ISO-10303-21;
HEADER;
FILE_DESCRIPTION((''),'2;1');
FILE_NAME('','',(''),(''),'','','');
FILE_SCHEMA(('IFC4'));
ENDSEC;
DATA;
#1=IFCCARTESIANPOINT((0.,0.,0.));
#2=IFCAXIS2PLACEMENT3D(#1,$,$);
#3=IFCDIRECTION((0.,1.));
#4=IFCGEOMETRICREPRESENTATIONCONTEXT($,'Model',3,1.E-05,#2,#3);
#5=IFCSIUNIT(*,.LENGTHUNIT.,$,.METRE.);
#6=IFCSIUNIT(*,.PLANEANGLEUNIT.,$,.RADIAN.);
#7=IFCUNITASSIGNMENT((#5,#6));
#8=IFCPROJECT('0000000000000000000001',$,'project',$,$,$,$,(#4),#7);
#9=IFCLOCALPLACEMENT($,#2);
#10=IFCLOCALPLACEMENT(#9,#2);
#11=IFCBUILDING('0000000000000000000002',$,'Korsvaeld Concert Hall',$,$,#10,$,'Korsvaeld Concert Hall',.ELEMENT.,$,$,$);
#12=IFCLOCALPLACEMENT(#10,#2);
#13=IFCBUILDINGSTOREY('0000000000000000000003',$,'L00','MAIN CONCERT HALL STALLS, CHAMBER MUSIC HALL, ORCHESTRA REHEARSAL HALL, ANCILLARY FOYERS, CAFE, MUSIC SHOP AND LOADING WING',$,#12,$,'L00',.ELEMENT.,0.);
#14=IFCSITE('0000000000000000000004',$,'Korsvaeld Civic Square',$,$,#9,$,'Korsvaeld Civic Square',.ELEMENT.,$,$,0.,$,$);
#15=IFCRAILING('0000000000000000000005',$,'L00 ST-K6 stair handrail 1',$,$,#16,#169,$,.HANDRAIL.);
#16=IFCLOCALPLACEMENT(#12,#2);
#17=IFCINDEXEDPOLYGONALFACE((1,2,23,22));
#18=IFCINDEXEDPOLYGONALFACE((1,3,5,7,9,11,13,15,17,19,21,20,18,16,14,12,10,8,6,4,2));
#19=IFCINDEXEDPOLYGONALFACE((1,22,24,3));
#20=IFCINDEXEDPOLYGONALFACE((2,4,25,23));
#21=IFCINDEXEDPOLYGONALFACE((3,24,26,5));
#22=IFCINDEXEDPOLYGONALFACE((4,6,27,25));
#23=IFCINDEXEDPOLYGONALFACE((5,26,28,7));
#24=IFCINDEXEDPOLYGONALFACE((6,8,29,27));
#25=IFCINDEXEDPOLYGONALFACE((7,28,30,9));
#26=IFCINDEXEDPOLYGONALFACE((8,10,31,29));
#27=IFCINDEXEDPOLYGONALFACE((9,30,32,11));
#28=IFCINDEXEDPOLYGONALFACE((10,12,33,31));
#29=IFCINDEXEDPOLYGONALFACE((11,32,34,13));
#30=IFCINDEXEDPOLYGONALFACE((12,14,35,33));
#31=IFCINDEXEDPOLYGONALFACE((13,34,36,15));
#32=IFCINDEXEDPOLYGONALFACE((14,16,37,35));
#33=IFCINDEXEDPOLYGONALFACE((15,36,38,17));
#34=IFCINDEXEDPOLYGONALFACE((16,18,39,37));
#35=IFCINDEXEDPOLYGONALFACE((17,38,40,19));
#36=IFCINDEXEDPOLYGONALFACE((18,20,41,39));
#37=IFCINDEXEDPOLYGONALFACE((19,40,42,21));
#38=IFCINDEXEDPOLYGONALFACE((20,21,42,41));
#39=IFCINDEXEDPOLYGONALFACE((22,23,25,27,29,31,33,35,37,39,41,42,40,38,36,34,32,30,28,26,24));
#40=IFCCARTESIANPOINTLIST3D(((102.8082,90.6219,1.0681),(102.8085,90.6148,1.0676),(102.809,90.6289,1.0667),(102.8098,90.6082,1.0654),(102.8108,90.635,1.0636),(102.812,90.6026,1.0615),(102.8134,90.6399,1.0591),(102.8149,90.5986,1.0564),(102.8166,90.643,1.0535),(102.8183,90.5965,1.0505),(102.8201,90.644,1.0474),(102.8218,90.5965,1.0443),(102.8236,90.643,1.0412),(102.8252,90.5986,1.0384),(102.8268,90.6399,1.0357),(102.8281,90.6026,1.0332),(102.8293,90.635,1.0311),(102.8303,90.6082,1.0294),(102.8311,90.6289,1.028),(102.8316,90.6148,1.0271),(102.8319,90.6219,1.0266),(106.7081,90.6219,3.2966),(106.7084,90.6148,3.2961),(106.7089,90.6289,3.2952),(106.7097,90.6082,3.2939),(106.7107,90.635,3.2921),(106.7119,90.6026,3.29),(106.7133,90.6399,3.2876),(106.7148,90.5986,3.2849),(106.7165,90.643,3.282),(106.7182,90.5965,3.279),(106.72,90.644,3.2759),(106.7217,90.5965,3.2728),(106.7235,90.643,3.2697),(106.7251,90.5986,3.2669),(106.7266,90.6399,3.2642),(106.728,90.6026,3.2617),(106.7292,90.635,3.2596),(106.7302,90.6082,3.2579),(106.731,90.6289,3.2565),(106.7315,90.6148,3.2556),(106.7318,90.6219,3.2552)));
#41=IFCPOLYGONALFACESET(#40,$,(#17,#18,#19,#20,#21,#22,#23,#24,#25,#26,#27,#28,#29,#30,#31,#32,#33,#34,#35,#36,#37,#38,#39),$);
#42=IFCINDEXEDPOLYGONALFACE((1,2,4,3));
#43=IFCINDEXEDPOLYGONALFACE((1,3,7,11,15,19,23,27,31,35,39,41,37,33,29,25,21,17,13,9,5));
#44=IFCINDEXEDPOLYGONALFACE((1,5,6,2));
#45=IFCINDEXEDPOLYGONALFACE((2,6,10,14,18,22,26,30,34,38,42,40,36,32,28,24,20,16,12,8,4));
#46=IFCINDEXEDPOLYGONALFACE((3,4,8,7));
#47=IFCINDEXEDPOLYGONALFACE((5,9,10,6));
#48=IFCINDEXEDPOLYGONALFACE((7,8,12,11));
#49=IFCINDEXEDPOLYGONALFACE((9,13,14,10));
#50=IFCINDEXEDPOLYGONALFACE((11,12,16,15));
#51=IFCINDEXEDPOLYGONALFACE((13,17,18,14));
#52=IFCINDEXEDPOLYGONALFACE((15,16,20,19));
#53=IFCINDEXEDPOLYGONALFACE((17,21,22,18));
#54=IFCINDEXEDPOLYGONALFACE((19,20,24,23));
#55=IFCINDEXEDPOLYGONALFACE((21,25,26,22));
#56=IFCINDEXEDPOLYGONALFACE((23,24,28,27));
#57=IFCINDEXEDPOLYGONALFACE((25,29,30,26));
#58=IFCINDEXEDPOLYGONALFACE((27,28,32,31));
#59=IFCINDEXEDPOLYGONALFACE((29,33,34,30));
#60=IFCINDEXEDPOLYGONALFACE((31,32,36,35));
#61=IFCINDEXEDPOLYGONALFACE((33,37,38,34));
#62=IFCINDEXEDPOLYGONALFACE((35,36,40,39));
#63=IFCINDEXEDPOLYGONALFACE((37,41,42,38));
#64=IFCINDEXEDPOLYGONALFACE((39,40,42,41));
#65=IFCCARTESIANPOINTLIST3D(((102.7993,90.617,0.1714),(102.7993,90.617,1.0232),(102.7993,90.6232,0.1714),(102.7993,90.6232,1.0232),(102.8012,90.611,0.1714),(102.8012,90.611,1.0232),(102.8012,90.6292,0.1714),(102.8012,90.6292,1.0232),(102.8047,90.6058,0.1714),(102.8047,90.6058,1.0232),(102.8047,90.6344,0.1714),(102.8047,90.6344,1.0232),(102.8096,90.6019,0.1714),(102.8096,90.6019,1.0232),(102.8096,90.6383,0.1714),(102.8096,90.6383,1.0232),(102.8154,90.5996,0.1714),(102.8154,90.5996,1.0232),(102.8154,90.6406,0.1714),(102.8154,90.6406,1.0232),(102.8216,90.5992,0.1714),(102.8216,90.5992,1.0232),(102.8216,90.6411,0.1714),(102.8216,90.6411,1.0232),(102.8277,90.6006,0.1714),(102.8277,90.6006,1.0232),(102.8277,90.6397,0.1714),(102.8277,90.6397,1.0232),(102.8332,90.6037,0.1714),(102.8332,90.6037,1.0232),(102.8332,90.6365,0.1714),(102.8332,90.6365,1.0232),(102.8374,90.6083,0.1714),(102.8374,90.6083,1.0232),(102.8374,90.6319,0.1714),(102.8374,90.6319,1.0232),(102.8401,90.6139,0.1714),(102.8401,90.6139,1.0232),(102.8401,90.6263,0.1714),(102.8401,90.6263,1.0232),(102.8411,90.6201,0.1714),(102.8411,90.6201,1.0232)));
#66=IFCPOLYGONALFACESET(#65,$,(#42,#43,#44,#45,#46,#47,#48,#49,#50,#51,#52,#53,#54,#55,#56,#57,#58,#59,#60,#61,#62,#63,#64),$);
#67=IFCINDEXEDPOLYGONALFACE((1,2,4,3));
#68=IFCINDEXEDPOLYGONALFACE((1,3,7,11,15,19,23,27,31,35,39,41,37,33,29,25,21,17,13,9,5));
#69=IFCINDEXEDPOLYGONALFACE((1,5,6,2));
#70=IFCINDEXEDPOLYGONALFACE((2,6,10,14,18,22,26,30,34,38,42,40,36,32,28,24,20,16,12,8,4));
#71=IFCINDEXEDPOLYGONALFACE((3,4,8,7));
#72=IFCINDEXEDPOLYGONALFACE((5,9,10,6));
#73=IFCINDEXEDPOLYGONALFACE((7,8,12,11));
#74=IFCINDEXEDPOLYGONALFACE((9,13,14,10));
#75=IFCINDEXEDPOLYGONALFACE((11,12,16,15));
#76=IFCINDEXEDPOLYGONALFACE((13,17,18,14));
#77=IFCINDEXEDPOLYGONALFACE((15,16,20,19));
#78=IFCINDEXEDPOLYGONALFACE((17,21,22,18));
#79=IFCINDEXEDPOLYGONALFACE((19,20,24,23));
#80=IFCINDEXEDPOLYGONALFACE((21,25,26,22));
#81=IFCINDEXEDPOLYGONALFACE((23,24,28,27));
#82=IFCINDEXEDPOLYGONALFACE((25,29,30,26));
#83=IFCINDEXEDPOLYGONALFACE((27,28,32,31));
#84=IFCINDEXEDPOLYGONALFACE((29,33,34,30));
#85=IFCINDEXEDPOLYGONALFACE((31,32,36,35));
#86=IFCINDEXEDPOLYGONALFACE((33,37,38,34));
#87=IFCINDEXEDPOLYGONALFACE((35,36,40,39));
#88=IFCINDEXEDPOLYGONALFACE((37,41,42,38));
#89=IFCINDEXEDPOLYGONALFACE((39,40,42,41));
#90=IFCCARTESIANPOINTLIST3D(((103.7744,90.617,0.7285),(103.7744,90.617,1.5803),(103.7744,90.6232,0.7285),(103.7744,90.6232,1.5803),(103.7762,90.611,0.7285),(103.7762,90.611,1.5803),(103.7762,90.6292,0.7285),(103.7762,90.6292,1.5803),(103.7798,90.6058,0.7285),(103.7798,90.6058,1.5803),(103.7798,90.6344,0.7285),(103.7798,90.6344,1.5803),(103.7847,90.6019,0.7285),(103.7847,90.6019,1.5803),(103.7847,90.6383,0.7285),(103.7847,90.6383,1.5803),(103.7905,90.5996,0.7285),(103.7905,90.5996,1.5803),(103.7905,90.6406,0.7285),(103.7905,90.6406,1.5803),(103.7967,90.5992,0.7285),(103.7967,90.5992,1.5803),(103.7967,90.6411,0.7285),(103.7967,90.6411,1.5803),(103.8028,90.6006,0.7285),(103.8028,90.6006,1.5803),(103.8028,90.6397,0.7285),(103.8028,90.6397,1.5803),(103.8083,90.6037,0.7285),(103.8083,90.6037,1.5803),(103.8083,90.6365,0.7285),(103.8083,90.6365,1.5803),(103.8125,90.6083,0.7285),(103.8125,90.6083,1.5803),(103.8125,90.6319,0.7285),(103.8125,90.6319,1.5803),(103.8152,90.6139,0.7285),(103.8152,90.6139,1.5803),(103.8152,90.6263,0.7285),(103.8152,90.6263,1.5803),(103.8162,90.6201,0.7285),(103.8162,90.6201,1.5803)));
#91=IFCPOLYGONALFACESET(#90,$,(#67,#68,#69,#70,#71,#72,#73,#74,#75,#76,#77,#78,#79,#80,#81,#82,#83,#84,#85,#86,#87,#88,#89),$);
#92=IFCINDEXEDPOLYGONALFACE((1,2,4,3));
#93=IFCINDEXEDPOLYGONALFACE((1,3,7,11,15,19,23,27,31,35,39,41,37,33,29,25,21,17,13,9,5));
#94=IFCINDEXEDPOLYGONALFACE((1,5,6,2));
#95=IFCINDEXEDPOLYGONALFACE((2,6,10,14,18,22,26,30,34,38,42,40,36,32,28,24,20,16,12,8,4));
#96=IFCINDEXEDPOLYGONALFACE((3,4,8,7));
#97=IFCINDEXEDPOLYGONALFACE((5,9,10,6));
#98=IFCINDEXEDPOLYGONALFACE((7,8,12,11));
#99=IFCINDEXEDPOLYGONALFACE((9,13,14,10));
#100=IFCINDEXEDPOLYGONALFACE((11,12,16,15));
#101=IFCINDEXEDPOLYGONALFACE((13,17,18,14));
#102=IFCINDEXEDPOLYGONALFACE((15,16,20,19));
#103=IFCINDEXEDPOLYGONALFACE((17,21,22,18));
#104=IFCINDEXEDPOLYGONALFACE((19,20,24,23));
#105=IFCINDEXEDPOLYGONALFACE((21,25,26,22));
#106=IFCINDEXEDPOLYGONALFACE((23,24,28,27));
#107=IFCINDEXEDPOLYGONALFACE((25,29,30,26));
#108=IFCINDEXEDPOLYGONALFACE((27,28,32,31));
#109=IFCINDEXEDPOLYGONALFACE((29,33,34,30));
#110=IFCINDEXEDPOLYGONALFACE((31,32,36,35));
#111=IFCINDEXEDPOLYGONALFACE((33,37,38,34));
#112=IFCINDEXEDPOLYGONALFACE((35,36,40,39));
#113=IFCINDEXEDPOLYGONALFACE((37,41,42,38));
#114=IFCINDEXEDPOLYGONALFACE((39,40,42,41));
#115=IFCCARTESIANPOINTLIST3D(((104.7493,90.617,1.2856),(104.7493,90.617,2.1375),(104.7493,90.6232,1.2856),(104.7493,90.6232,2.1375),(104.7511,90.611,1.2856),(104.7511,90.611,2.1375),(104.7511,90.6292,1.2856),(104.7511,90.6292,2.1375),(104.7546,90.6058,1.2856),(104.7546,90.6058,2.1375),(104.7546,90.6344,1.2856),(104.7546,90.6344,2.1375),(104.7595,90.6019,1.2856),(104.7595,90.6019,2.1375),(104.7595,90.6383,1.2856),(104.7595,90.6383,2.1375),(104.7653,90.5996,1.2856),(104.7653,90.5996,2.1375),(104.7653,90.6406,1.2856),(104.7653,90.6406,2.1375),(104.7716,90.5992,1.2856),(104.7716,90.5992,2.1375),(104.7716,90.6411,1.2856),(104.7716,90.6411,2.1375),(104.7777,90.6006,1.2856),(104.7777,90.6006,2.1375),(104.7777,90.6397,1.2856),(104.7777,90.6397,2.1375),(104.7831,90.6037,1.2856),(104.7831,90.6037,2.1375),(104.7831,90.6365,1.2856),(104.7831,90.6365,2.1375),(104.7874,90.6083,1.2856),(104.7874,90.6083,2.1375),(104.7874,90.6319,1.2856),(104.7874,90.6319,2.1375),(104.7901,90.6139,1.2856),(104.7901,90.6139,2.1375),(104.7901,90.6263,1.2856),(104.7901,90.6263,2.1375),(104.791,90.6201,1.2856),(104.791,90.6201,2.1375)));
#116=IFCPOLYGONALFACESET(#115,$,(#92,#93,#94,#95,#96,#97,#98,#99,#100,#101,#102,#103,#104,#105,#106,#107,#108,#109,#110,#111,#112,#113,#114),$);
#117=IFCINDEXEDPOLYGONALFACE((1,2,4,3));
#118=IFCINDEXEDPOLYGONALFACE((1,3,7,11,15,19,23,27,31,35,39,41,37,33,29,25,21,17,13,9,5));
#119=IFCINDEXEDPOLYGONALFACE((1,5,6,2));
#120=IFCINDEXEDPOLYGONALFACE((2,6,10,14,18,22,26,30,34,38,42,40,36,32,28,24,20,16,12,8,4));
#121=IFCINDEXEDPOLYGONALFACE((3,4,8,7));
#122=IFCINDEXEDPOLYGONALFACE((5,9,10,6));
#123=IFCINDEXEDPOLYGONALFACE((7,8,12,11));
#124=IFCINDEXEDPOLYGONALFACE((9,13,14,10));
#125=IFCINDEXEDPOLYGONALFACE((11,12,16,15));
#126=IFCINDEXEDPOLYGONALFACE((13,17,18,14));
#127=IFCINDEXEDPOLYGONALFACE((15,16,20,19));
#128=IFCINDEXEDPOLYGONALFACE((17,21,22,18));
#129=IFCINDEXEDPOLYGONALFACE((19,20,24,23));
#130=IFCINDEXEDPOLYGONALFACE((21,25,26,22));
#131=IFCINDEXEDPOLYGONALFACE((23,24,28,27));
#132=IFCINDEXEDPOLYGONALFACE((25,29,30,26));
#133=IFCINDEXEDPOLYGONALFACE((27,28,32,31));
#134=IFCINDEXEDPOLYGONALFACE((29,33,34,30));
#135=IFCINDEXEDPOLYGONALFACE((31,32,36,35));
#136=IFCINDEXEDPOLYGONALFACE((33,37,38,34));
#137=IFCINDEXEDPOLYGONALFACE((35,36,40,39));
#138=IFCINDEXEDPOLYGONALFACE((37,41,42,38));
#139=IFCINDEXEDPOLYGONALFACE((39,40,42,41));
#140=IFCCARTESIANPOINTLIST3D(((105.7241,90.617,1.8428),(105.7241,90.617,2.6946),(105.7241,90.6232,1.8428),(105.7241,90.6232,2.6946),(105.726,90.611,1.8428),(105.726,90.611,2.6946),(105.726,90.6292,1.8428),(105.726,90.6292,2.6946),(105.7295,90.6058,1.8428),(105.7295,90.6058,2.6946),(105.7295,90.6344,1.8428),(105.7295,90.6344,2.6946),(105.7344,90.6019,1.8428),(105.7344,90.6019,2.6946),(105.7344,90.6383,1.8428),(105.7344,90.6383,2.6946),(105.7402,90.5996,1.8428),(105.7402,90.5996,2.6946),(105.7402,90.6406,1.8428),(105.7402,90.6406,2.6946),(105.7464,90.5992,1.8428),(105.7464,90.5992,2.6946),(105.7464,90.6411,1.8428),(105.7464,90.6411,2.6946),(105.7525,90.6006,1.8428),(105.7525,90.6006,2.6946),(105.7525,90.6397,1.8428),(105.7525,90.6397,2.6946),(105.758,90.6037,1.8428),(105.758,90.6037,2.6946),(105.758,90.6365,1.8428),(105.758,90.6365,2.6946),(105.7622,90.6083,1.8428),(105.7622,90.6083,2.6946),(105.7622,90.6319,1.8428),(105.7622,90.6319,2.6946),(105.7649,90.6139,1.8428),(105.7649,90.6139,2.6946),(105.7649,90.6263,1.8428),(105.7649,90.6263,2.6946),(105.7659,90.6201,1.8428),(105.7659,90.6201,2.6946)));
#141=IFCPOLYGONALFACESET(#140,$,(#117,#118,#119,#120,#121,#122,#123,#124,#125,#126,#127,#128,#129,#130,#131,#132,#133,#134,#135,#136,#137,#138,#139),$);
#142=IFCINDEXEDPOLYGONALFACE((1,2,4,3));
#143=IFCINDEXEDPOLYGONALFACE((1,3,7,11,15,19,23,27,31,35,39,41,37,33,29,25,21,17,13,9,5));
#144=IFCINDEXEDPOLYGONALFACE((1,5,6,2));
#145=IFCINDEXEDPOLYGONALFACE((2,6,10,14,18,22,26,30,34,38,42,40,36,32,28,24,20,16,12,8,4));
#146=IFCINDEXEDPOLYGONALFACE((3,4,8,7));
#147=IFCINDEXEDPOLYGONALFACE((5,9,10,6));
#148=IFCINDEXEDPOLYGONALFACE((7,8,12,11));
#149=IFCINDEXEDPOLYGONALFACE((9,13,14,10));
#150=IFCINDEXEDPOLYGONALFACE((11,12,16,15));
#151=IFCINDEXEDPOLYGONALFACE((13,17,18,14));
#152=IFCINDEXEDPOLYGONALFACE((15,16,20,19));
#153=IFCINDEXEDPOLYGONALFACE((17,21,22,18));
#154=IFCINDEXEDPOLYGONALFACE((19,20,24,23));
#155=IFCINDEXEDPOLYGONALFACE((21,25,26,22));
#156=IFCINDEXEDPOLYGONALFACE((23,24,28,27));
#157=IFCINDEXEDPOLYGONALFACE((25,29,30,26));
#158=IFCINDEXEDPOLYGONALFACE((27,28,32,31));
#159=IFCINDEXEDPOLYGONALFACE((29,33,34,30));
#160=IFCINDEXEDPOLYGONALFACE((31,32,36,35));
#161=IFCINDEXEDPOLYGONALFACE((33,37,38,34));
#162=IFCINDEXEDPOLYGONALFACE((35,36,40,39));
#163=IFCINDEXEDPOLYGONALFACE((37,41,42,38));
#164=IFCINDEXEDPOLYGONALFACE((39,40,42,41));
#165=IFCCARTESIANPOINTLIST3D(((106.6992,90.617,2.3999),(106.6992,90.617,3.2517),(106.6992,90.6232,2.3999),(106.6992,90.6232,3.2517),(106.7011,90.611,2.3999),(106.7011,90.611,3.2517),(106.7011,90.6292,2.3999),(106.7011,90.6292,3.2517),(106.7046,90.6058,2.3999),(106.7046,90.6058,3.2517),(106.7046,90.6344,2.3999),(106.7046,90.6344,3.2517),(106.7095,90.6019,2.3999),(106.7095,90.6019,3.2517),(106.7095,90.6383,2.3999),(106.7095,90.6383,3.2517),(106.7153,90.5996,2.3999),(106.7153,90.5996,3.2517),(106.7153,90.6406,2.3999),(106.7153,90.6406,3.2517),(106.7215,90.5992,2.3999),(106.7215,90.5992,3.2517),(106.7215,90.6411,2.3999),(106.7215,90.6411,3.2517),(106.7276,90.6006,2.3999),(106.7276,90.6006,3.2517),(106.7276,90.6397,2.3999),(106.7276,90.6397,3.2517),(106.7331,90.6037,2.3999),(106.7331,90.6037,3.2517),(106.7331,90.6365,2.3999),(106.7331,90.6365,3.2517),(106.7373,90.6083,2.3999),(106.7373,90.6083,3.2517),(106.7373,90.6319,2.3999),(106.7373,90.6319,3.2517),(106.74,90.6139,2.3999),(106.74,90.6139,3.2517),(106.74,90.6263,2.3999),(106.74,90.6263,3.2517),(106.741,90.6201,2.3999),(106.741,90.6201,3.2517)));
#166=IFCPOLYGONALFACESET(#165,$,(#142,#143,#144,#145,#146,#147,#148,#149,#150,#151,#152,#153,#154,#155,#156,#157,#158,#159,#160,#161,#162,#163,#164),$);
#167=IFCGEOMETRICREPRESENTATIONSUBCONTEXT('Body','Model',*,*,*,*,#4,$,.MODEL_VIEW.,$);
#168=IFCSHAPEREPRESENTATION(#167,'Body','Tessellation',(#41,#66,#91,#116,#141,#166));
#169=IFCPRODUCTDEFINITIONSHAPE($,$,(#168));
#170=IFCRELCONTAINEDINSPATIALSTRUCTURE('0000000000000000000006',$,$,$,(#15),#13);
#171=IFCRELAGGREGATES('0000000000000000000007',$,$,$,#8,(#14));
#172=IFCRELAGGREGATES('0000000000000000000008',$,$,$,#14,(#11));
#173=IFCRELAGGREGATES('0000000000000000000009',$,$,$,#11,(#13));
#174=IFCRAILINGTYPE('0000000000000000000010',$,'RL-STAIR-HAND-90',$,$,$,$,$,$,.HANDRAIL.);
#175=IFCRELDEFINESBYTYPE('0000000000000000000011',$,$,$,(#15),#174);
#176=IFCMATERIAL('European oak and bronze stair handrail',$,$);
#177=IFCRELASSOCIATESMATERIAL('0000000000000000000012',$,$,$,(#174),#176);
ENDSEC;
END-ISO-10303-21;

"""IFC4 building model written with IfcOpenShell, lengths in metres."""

from ifc_helpers import new_model, si_unit, direction, frame, origin, origin_2d, place, context, subcontext, project, spatial, circle, extrude, material, type_object, element, save


model = new_model("IFC4")

# Units and contexts
model_context = context("Model", 3, precision=1e-05, world=origin(), true_north=direction((0.0, 1.0)))
body_context = subcontext(model_context, "Body", "Model", "MODEL_VIEW")
ifc_project = project(units=[si_unit("LENGTHUNIT", "METRE"), si_unit("PLANEANGLEUNIT", "RADIAN")], contexts=[model_context])

# Site, building, storey
site_placement = place(None, origin())
site = spatial("IfcSite", under=ifc_project, at=site_placement, Name="Korsvaeld Civic Square", LongName="Korsvaeld Civic Square", CompositionType="ELEMENT", RefElevation=0.0)
building_placement = place(site_placement, origin())
building = spatial("IfcBuilding", under=site, at=building_placement, Name="Korsvaeld Concert Hall", LongName="Korsvaeld Concert Hall", CompositionType="ELEMENT")
storey_placement = place(building_placement, origin())
storey = spatial("IfcBuildingStorey", under=building, at=storey_placement, Name="L00", Description="MAIN CONCERT HALL STALLS, CHAMBER MUSIC HALL, ORCHESTRA REHEARSAL HALL, ANCILLARY FOYERS, CAFE, MUSIC SHOP AND LOADING WING", LongName="L00", CompositionType="ELEMENT", Elevation=0.0)

# Railing
ifc_material_1 = material(Name="European oak and bronze stair handrail")
railing_type_1 = type_object("IfcRailingType", Name="RL-STAIR-HAND-90", PredefinedType="HANDRAIL", material=ifc_material_1)
railing_1_placement = place(storey_placement, frame((102.8201, 90.6201, 0.1714)))
element("IfcRailing", 1, at=railing_1_placement, inside=storey, type_object=railing_type_1, Name="L00 ST-K6 stair handrail 1", PredefinedType="HANDRAIL", context=body_context, shape_type="SweptSolid", body=[
    extrude(circle(Radius=0.0239, at=origin_2d()), frame((0.0, 0.0, 0.876), z_axis=(0.868243, 0.0, 0.496139), x_axis=(0.0, 1.0, 0.0)), (0.0, 0.0, 1.0), 4.4917),
    extrude(circle(Radius=0.021, at=origin_2d()), origin(), (0.0, 0.0, 1.0), 0.8518),
    extrude(circle(Radius=0.021, at=origin_2d()), frame((0.9751, 0.0, 0.5571)), (0.0, 0.0, 1.0), 0.8518),
    extrude(circle(Radius=0.021, at=origin_2d()), frame((1.95, 0.0, 1.1143)), (0.0, 0.0, 1.0), 0.8518),
    extrude(circle(Radius=0.021, at=origin_2d()), frame((2.9248, 0.0, 1.6714)), (0.0, 0.0, 1.0), 0.8518),
    extrude(circle(Radius=0.021, at=origin_2d()), frame((3.8999, 0.0, 2.2285)), (0.0, 0.0, 1.0), 0.8518),
])

save(model, "model.ifc")
